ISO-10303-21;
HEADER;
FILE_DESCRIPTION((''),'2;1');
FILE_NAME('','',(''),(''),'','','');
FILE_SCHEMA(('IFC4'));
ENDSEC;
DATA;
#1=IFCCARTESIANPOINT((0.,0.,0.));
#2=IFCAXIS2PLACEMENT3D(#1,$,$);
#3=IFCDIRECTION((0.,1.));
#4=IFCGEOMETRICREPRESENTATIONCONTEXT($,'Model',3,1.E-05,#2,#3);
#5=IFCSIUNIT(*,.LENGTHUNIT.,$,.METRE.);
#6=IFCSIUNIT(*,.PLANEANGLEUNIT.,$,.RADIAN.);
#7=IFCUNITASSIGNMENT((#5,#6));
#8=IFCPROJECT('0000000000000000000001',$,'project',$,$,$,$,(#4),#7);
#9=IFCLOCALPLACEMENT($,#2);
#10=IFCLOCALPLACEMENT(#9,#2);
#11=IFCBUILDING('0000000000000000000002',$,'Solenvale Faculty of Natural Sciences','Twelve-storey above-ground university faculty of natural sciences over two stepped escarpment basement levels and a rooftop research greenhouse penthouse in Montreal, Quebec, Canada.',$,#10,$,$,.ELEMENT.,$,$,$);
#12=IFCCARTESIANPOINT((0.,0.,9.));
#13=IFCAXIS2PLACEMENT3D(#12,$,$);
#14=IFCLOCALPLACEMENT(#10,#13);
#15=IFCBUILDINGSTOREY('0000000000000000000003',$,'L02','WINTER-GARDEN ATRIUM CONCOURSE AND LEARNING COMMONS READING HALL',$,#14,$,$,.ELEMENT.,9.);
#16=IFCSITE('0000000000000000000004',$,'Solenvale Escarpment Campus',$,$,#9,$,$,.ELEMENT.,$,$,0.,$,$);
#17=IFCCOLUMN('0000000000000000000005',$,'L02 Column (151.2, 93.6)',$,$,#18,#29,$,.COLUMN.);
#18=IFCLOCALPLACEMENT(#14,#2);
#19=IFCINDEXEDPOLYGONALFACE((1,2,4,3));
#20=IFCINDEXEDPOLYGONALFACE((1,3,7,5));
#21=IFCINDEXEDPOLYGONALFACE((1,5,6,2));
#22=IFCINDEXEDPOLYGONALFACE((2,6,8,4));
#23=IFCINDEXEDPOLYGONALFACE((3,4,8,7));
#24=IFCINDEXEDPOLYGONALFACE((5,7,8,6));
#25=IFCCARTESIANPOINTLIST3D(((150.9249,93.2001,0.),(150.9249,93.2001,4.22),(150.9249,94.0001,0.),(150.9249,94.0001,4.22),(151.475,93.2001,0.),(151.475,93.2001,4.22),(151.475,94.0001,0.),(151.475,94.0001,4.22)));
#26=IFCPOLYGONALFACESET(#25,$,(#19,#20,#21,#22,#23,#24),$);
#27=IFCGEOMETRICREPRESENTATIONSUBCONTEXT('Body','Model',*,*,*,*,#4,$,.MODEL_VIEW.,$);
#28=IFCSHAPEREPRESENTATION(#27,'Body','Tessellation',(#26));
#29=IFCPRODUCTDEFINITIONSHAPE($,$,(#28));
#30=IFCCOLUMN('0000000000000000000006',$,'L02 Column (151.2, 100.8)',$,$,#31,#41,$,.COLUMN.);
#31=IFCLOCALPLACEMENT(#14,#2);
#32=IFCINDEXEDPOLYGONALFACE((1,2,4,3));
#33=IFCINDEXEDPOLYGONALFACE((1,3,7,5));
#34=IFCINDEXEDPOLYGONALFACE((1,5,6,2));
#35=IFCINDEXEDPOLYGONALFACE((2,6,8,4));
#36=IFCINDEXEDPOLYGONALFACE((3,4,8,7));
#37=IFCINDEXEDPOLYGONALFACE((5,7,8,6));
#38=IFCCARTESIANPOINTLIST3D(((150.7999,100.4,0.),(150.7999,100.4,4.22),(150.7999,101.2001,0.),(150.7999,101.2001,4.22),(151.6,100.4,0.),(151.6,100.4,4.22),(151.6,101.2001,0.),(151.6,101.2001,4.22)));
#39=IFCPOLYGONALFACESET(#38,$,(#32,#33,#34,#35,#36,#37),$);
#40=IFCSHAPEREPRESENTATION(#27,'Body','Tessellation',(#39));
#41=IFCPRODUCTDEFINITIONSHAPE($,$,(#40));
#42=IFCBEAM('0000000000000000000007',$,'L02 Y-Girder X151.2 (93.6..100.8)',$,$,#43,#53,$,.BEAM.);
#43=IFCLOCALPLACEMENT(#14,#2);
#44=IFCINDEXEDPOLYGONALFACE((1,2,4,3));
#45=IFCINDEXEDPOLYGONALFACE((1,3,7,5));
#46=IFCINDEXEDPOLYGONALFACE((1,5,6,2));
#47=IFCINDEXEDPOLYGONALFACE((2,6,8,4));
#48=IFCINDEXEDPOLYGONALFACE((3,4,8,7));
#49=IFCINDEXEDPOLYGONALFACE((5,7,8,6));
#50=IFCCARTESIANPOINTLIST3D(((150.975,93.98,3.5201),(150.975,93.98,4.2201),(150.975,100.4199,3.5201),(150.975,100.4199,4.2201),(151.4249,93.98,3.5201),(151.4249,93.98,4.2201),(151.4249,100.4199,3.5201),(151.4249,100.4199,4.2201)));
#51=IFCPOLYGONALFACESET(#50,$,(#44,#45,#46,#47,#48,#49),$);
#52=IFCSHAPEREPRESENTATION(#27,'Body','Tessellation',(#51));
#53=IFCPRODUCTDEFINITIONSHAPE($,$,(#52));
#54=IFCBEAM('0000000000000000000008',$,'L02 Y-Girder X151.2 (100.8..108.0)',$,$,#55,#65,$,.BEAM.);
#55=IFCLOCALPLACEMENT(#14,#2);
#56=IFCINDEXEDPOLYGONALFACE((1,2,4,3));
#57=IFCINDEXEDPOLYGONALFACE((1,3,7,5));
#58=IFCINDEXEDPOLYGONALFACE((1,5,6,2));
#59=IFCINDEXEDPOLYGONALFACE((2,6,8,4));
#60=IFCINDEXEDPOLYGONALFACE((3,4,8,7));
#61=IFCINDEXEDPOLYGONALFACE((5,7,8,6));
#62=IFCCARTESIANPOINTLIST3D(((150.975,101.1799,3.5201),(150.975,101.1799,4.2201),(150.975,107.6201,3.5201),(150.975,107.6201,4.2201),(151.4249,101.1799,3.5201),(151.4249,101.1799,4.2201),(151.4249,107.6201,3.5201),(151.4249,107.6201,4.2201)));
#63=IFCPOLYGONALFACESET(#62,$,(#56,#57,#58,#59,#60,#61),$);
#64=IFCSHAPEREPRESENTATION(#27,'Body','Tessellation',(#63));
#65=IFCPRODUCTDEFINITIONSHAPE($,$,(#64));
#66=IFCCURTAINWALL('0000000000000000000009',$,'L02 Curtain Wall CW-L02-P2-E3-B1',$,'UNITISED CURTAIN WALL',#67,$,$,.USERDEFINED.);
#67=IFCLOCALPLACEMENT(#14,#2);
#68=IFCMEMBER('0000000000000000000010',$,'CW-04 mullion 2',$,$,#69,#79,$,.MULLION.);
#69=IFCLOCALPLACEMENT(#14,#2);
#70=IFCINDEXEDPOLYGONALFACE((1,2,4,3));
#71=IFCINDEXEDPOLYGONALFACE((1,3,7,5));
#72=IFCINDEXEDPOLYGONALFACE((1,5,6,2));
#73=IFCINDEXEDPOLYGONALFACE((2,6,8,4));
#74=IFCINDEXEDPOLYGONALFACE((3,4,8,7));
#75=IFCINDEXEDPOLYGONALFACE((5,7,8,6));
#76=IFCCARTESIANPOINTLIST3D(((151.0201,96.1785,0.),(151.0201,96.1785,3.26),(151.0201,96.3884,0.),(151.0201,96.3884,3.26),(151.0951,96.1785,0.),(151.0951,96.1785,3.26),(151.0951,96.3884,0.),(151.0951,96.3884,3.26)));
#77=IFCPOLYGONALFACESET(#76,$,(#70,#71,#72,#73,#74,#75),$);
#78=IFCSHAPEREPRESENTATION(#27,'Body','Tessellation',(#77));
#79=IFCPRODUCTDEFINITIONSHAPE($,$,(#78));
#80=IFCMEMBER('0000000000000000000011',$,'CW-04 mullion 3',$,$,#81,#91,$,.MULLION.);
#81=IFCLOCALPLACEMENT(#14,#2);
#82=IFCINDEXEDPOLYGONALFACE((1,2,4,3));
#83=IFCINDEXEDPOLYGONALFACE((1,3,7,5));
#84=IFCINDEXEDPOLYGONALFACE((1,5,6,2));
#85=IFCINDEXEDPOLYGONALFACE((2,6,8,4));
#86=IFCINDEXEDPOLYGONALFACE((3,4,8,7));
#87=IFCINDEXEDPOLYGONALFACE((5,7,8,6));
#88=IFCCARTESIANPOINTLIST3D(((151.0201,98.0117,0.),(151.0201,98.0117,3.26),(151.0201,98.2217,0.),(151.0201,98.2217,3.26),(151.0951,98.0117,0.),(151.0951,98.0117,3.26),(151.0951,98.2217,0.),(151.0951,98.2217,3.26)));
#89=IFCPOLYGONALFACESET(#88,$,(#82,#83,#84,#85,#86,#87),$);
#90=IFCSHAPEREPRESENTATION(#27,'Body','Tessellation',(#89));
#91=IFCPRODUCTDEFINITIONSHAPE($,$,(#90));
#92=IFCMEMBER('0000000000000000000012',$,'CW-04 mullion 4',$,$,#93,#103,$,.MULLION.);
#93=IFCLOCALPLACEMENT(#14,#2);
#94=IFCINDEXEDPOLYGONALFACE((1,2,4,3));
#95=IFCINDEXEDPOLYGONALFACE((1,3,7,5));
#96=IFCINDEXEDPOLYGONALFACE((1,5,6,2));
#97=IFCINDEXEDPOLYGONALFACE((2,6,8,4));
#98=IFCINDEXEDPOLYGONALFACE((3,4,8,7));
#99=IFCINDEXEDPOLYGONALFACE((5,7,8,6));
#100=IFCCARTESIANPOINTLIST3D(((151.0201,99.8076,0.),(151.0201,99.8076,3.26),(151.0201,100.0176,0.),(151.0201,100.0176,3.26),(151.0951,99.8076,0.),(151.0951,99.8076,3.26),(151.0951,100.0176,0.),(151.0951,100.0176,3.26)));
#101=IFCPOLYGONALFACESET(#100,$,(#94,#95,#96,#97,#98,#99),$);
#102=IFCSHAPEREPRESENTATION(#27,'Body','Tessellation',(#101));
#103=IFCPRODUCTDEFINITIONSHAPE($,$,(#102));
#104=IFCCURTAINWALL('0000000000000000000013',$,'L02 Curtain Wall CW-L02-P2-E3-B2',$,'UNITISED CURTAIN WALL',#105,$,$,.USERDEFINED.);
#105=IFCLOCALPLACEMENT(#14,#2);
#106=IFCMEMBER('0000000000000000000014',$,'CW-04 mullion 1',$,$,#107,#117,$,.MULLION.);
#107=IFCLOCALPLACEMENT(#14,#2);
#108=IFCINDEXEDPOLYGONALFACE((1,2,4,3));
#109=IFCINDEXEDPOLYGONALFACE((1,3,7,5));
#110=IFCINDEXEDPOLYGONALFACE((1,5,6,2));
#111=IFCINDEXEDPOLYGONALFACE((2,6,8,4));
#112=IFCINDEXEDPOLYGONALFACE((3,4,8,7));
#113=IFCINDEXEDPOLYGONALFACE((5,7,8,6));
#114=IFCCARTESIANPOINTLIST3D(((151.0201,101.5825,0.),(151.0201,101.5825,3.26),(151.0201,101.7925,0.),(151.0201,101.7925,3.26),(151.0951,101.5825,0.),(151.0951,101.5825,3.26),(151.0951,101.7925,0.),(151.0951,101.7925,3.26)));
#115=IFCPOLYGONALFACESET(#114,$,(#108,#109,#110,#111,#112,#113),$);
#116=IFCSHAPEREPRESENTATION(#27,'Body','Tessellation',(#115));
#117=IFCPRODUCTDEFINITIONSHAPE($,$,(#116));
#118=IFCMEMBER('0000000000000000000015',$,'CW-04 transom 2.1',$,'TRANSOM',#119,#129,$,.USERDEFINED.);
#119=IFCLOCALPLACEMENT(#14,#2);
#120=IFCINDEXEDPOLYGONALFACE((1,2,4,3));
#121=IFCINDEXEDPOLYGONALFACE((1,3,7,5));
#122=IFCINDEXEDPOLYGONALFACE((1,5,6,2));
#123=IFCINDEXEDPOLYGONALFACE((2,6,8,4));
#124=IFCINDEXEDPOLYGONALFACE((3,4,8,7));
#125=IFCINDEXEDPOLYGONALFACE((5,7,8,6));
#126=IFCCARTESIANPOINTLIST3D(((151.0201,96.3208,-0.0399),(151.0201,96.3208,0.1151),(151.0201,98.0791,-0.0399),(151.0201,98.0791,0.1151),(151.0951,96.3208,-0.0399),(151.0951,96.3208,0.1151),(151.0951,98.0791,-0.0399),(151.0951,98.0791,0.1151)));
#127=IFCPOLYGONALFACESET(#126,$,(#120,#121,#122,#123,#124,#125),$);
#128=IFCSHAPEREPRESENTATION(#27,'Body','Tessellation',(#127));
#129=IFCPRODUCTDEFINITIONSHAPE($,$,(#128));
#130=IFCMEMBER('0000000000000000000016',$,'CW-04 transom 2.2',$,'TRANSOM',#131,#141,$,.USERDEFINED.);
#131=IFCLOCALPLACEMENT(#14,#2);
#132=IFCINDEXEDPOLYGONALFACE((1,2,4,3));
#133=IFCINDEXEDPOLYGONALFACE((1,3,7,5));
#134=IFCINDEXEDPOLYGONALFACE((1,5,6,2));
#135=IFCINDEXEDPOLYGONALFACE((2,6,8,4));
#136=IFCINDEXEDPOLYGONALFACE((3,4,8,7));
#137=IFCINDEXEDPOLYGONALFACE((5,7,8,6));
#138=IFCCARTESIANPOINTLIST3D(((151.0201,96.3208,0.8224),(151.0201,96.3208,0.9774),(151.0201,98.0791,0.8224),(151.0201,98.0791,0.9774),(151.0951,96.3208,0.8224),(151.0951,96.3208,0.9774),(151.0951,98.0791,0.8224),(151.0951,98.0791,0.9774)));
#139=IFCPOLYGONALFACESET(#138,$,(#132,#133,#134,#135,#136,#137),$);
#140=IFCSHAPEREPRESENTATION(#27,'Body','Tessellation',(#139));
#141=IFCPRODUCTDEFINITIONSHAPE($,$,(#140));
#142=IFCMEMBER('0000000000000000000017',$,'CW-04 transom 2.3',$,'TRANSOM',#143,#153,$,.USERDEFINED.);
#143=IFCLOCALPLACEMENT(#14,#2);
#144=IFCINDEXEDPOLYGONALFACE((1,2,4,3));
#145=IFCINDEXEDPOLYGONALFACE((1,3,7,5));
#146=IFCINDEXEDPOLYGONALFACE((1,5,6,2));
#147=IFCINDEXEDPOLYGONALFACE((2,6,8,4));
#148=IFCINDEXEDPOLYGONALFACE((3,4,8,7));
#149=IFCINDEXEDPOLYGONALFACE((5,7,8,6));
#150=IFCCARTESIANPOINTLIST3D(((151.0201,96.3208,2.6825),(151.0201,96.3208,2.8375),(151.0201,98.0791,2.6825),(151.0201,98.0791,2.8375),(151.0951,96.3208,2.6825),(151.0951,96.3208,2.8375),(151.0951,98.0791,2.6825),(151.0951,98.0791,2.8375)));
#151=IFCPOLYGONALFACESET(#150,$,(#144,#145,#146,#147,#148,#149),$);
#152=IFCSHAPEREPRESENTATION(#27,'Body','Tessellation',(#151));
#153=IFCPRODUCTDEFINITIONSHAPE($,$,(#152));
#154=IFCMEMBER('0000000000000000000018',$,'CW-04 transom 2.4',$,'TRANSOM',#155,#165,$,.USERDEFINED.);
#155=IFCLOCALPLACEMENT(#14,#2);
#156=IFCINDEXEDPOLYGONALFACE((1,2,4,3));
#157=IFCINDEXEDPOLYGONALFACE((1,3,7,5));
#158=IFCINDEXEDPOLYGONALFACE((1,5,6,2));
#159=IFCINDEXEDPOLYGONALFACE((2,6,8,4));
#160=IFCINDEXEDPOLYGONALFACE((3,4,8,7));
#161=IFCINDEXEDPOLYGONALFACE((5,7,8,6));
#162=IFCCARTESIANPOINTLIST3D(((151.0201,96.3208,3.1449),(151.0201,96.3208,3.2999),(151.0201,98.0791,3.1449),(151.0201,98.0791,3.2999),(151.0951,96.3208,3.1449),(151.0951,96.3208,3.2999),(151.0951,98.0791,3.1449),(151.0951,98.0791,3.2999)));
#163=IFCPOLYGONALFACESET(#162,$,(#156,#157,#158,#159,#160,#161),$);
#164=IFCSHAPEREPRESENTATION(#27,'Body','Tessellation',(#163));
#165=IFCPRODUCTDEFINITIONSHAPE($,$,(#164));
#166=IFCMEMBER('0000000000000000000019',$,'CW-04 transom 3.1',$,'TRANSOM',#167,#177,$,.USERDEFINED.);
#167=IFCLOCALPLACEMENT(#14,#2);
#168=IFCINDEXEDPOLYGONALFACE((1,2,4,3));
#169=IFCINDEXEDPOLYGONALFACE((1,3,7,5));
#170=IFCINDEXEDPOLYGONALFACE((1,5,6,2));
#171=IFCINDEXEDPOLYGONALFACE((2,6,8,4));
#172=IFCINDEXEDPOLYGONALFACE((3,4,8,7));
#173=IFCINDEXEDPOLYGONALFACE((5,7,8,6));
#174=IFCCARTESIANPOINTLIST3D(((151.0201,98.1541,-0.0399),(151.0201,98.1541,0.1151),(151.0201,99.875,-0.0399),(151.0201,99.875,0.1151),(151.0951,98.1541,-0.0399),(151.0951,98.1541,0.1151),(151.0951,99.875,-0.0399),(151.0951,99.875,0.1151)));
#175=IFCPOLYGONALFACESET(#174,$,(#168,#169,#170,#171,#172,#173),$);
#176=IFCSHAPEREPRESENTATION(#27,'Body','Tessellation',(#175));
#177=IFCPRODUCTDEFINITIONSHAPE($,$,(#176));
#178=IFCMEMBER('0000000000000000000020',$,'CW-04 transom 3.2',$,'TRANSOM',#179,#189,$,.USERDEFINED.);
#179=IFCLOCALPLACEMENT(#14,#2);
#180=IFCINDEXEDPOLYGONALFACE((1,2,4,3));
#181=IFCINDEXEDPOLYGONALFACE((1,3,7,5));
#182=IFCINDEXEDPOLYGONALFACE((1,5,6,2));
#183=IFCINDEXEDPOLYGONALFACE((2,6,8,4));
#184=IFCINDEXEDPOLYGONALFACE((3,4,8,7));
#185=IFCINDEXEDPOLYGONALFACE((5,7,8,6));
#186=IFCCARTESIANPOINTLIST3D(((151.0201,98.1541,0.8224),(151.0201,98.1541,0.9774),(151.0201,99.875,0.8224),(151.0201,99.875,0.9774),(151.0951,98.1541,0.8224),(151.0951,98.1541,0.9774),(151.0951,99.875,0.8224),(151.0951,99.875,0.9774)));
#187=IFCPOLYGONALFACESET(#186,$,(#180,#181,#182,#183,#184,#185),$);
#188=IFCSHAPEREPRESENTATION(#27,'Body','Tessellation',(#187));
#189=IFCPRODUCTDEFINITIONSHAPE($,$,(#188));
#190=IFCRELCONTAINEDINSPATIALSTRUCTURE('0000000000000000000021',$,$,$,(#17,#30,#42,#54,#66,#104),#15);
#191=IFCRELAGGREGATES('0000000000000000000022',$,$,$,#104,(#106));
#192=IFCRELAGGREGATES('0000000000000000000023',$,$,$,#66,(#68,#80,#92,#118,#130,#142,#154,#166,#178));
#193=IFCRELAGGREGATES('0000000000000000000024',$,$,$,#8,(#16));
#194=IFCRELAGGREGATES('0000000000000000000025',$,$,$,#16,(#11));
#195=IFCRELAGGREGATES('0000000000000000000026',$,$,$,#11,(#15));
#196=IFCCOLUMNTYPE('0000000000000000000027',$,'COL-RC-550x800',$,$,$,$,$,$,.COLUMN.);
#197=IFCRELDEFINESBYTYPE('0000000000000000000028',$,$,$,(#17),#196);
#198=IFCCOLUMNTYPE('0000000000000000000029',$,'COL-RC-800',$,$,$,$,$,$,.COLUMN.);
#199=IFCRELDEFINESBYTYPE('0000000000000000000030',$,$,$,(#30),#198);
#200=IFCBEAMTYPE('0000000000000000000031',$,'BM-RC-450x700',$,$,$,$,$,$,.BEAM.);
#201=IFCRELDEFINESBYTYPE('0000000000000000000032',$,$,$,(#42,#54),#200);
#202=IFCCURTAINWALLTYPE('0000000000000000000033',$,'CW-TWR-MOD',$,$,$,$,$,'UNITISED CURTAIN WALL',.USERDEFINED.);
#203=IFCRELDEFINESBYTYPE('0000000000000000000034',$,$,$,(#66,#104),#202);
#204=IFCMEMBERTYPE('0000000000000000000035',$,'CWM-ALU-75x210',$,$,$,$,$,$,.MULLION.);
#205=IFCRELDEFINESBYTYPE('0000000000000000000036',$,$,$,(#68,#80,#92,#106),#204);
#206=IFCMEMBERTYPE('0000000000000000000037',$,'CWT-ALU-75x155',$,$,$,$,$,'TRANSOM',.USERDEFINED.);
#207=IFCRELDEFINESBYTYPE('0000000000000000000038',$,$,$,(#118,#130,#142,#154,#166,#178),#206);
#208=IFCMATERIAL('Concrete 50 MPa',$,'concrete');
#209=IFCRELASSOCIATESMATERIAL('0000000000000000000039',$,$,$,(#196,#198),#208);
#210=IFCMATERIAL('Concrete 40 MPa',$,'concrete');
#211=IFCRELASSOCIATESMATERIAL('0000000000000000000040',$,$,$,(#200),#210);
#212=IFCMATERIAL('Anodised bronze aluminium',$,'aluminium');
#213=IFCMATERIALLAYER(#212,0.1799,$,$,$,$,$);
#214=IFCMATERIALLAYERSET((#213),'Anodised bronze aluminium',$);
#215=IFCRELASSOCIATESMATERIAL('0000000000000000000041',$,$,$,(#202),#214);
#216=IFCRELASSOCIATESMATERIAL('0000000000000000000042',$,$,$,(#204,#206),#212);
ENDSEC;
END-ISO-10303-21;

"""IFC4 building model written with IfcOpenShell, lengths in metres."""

from ifc_helpers import new_model, si_unit, direction, frame, origin, origin_2d, place, context, subcontext, project, spatial, rectangle, extrude, material, layer, layer_set, material_profile, profile_set, type_object, element, aggregate, save


model = new_model("IFC4")

# Units and contexts
model_context = context("Model", 3, precision=1e-05, world=origin(), true_north=direction((0.0, 1.0)))
body_context = subcontext(model_context, "Body", "Model", "MODEL_VIEW")
ifc_project = project(units=[si_unit("LENGTHUNIT", "METRE"), si_unit("PLANEANGLEUNIT", "RADIAN")], contexts=[model_context])

# Site, building, storey
site_placement = place(None, origin())
site = spatial("IfcSite", under=ifc_project, at=site_placement, Name="Solenvale Escarpment Campus", CompositionType="ELEMENT", RefElevation=0.0)
building_placement = place(site_placement, origin())
building = spatial("IfcBuilding", under=site, at=building_placement, Name="Solenvale Faculty of Natural Sciences", Description="Twelve-storey above-ground university faculty of natural sciences over two stepped escarpment basement levels and a rooftop research greenhouse penthouse in Montreal, Quebec, Canada.", CompositionType="ELEMENT")
storey_placement = place(building_placement, frame((0.0, 0.0, 9.0)))
storey = spatial("IfcBuildingStorey", under=building, at=storey_placement, Name="L02", Description="WINTER-GARDEN ATRIUM CONCOURSE AND LEARNING COMMONS READING HALL", CompositionType="ELEMENT", Elevation=9.0)

# Columns
ifc_material_1 = material(Name="Concrete 50 MPa", Category="concrete")
ifc_material_profile_1 = material_profile(ifc_material_1, rectangle(XDim=0.55, YDim=0.8, at=origin_2d()), Name="RC-COL-550x800")
ifc_profile_set_1 = profile_set([ifc_material_profile_1], Name="Concrete 50 MPa")
column_type_1 = type_object("IfcColumnType", Name="COL-RC-550x800", PredefinedType="COLUMN", material=ifc_profile_set_1)
column_1_placement = place(storey_placement, frame((151.2, 93.6001, 0.0), z_axis=(0.0, 0.0, 1.0), x_axis=(1.0, 0.0, 0.0)))
element("IfcColumn", 1, at=column_1_placement, inside=storey, type_object=column_type_1, Name="L02 Column (151.2, 93.6)", PredefinedType="COLUMN", context=body_context, shape_type="SweptSolid", body=[
    extrude(rectangle(XDim=0.55, YDim=0.8, at=origin_2d()), origin(), (0.0, 0.0, 1.0), 4.22),
])
ifc_material_profile_2 = material_profile(ifc_material_1, rectangle(XDim=0.8, YDim=0.8, at=origin_2d()), Name="RC-COL-800x800")
ifc_profile_set_2 = profile_set([ifc_material_profile_2], Name="Concrete 50 MPa")
column_type_2 = type_object("IfcColumnType", Name="COL-RC-800", PredefinedType="COLUMN", material=ifc_profile_set_2)
column_2_placement = place(storey_placement, frame((151.2, 100.8, 0.0), z_axis=(0.0, 0.0, 1.0), x_axis=(1.0, 0.0, 0.0)))
element("IfcColumn", 2, at=column_2_placement, inside=storey, type_object=column_type_2, Name="L02 Column (151.2, 100.8)", PredefinedType="COLUMN", context=body_context, shape_type="SweptSolid", body=[
    extrude(rectangle(XDim=0.8, YDim=0.8, at=origin_2d()), origin(), (0.0, 0.0, 1.0), 4.22),
])

# Beams
ifc_material_2 = material(Name="Concrete 40 MPa", Category="concrete")
ifc_material_profile_3 = material_profile(ifc_material_2, rectangle(XDim=0.45, YDim=0.7, at=origin_2d()), Name="RC-BM-450x700")
ifc_profile_set_3 = profile_set([ifc_material_profile_3], Name="Concrete 40 MPa")
beam_type = type_object("IfcBeamType", Name="BM-RC-450x700", PredefinedType="BEAM", material=ifc_profile_set_3)
beam_1_placement = place(storey_placement, frame((151.2, 93.98, 3.8701), z_axis=(0.0, 1.0, 0.0), x_axis=(-1.0, 0.0, 0.0)))
element("IfcBeam", 3, at=beam_1_placement, inside=storey, type_object=beam_type, Name="L02 Y-Girder X151.2 (93.6..100.8)", PredefinedType="BEAM", context=body_context, shape_type="SweptSolid", body=[
    extrude(rectangle(XDim=0.45, YDim=0.7, at=origin_2d()), origin(), (0.0, 0.0, 1.0), 6.4399),
])
beam_2_placement = place(storey_placement, frame((151.2, 101.1799, 3.8701), z_axis=(0.0, 1.0, 0.0), x_axis=(-1.0, 0.0, 0.0)))
element("IfcBeam", 4, at=beam_2_placement, inside=storey, type_object=beam_type, Name="L02 Y-Girder X151.2 (100.8..108.0)", PredefinedType="BEAM", context=body_context, shape_type="SweptSolid", body=[
    extrude(rectangle(XDim=0.45, YDim=0.7, at=origin_2d()), origin(), (0.0, 0.0, 1.0), 6.4402),
])

# Curtain wall, members
ifc_material_3 = material(Name="Anodised bronze aluminium", Category="aluminium")
ifc_layer_1 = layer(ifc_material_3, 0.1799)
ifc_layer_set_1 = layer_set([ifc_layer_1], Name="Anodised bronze aluminium")
curtain_wall_type = type_object("IfcCurtainWallType", Name="CW-TWR-MOD", ElementType="UNITISED CURTAIN WALL", PredefinedType="USERDEFINED", material=ifc_layer_set_1)
curtain_wall_1_placement = place(storey_placement, origin())
curtain_wall_1 = element("IfcCurtainWall", 5, at=curtain_wall_1_placement, inside=storey, type_object=curtain_wall_type, Name="L02 Curtain Wall CW-L02-P2-E3-B1", ObjectType="UNITISED CURTAIN WALL", PredefinedType="USERDEFINED")
ifc_material_profile_4 = material_profile(ifc_material_3, rectangle(XDim=0.075, YDim=0.21, at=origin_2d()), Name="ALU-MUL-75x210")
ifc_profile_set_4 = profile_set([ifc_material_profile_4], Name="Anodised bronze aluminium")
member_type_1 = type_object("IfcMemberType", Name="CWM-ALU-75x210", PredefinedType="MULLION", material=ifc_profile_set_4)
member_1_placement = place(storey_placement, frame((151.0576, 96.2834, 0.0), z_axis=(0.0, 0.0, 1.0), x_axis=(-1.0, 0.0, 0.0)))
member_1 = element("IfcMember", 6, at=member_1_placement, type_object=member_type_1, Name="CW-04 mullion 2", PredefinedType="MULLION", context=body_context, shape_type="SweptSolid", body=[
    extrude(rectangle(XDim=0.075, YDim=0.21, at=origin_2d()), origin(), (0.0, 0.0, 1.0), 3.26),
])
member_2_placement = place(storey_placement, frame((151.0576, 98.1167, 0.0), z_axis=(0.0, 0.0, 1.0), x_axis=(-1.0, 0.0, 0.0)))
member_2 = element("IfcMember", 7, at=member_2_placement, type_object=member_type_1, Name="CW-04 mullion 3", PredefinedType="MULLION", context=body_context, shape_type="SweptSolid", body=[
    extrude(rectangle(XDim=0.075, YDim=0.21, at=origin_2d()), origin(), (0.0, 0.0, 1.0), 3.26),
])
member_3_placement = place(storey_placement, frame((151.0576, 99.9126, 0.0), z_axis=(0.0, 0.0, 1.0), x_axis=(-1.0, 0.0, 0.0)))
member_3 = element("IfcMember", 8, at=member_3_placement, type_object=member_type_1, Name="CW-04 mullion 4", PredefinedType="MULLION", context=body_context, shape_type="SweptSolid", body=[
    extrude(rectangle(XDim=0.075, YDim=0.21, at=origin_2d()), origin(), (0.0, 0.0, 1.0), 3.26),
])

# Curtain wall, member
curtain_wall_2_placement = place(storey_placement, origin())
curtain_wall_2 = element("IfcCurtainWall", 9, at=curtain_wall_2_placement, inside=storey, type_object=curtain_wall_type, Name="L02 Curtain Wall CW-L02-P2-E3-B2", ObjectType="UNITISED CURTAIN WALL", PredefinedType="USERDEFINED")
member_4_placement = place(storey_placement, frame((151.0576, 101.6875, 0.0), z_axis=(0.0, 0.0, 1.0), x_axis=(-1.0, 0.0, 0.0)))
member_4 = element("IfcMember", 10, at=member_4_placement, type_object=member_type_1, Name="CW-04 mullion 1", PredefinedType="MULLION", context=body_context, shape_type="SweptSolid", body=[
    extrude(rectangle(XDim=0.075, YDim=0.21, at=origin_2d()), origin(), (0.0, 0.0, 1.0), 3.26),
])

# Members
ifc_material_profile_5 = material_profile(ifc_material_3, rectangle(XDim=0.075, YDim=0.155, at=origin_2d()), Name="ALU-TRN-75x155")
ifc_profile_set_5 = profile_set([ifc_material_profile_5], Name="Anodised bronze aluminium")
member_type_2 = type_object("IfcMemberType", Name="CWT-ALU-75x155", ElementType="TRANSOM", PredefinedType="USERDEFINED", material=ifc_profile_set_5)
member_5_placement = place(storey_placement, frame((151.0576, 96.3208, 0.0376), z_axis=(0.0, 1.0, 0.0), x_axis=(-1.0, 0.0, 0.0)))
member_5 = element("IfcMember", 11, at=member_5_placement, type_object=member_type_2, Name="CW-04 transom 2.1", ObjectType="TRANSOM", PredefinedType="USERDEFINED", context=body_context, shape_type="SweptSolid", body=[
    extrude(rectangle(XDim=0.075, YDim=0.155, at=origin_2d()), origin(), (0.0, 0.0, 1.0), 1.7583),
])
member_6_placement = place(storey_placement, frame((151.0576, 96.3208, 0.8999), z_axis=(0.0, 1.0, 0.0), x_axis=(-1.0, 0.0, 0.0)))
member_6 = element("IfcMember", 12, at=member_6_placement, type_object=member_type_2, Name="CW-04 transom 2.2", ObjectType="TRANSOM", PredefinedType="USERDEFINED", context=body_context, shape_type="SweptSolid", body=[
    extrude(rectangle(XDim=0.075, YDim=0.155, at=origin_2d()), origin(), (0.0, 0.0, 1.0), 1.7583),
])
member_7_placement = place(storey_placement, frame((151.0576, 96.3208, 2.76), z_axis=(0.0, 1.0, 0.0), x_axis=(-1.0, 0.0, 0.0)))
member_7 = element("IfcMember", 13, at=member_7_placement, type_object=member_type_2, Name="CW-04 transom 2.3", ObjectType="TRANSOM", PredefinedType="USERDEFINED", context=body_context, shape_type="SweptSolid", body=[
    extrude(rectangle(XDim=0.075, YDim=0.155, at=origin_2d()), origin(), (0.0, 0.0, 1.0), 1.7583),
])
member_8_placement = place(storey_placement, frame((151.0576, 96.3208, 3.2224), z_axis=(0.0, 1.0, 0.0), x_axis=(-1.0, 0.0, 0.0)))
member_8 = element("IfcMember", 14, at=member_8_placement, type_object=member_type_2, Name="CW-04 transom 2.4", ObjectType="TRANSOM", PredefinedType="USERDEFINED", context=body_context, shape_type="SweptSolid", body=[
    extrude(rectangle(XDim=0.075, YDim=0.155, at=origin_2d()), origin(), (0.0, 0.0, 1.0), 1.7583),
])
member_9_placement = place(storey_placement, frame((151.0576, 98.1541, 0.0376), z_axis=(0.0, 1.0, 0.0), x_axis=(-1.0, 0.0, 0.0)))
member_9 = element("IfcMember", 15, at=member_9_placement, type_object=member_type_2, Name="CW-04 transom 3.1", ObjectType="TRANSOM", PredefinedType="USERDEFINED", context=body_context, shape_type="SweptSolid", body=[
    extrude(rectangle(XDim=0.075, YDim=0.155, at=origin_2d()), origin(), (0.0, 0.0, 1.0), 1.7209),
])
member_10_placement = place(storey_placement, frame((151.0576, 98.1541, 0.8999), z_axis=(0.0, 1.0, 0.0), x_axis=(-1.0, 0.0, 0.0)))
member_10 = element("IfcMember", 16, at=member_10_placement, type_object=member_type_2, Name="CW-04 transom 3.2", ObjectType="TRANSOM", PredefinedType="USERDEFINED", context=body_context, shape_type="SweptSolid", body=[
    extrude(rectangle(XDim=0.075, YDim=0.155, at=origin_2d()), origin(), (0.0, 0.0, 1.0), 1.7209),
])

aggregate(curtain_wall_2, [member_4])
aggregate(curtain_wall_1, [member_1, member_2, member_3, member_5, member_6, member_7, member_8, member_9, member_10])

save(model, "model.ifc")
